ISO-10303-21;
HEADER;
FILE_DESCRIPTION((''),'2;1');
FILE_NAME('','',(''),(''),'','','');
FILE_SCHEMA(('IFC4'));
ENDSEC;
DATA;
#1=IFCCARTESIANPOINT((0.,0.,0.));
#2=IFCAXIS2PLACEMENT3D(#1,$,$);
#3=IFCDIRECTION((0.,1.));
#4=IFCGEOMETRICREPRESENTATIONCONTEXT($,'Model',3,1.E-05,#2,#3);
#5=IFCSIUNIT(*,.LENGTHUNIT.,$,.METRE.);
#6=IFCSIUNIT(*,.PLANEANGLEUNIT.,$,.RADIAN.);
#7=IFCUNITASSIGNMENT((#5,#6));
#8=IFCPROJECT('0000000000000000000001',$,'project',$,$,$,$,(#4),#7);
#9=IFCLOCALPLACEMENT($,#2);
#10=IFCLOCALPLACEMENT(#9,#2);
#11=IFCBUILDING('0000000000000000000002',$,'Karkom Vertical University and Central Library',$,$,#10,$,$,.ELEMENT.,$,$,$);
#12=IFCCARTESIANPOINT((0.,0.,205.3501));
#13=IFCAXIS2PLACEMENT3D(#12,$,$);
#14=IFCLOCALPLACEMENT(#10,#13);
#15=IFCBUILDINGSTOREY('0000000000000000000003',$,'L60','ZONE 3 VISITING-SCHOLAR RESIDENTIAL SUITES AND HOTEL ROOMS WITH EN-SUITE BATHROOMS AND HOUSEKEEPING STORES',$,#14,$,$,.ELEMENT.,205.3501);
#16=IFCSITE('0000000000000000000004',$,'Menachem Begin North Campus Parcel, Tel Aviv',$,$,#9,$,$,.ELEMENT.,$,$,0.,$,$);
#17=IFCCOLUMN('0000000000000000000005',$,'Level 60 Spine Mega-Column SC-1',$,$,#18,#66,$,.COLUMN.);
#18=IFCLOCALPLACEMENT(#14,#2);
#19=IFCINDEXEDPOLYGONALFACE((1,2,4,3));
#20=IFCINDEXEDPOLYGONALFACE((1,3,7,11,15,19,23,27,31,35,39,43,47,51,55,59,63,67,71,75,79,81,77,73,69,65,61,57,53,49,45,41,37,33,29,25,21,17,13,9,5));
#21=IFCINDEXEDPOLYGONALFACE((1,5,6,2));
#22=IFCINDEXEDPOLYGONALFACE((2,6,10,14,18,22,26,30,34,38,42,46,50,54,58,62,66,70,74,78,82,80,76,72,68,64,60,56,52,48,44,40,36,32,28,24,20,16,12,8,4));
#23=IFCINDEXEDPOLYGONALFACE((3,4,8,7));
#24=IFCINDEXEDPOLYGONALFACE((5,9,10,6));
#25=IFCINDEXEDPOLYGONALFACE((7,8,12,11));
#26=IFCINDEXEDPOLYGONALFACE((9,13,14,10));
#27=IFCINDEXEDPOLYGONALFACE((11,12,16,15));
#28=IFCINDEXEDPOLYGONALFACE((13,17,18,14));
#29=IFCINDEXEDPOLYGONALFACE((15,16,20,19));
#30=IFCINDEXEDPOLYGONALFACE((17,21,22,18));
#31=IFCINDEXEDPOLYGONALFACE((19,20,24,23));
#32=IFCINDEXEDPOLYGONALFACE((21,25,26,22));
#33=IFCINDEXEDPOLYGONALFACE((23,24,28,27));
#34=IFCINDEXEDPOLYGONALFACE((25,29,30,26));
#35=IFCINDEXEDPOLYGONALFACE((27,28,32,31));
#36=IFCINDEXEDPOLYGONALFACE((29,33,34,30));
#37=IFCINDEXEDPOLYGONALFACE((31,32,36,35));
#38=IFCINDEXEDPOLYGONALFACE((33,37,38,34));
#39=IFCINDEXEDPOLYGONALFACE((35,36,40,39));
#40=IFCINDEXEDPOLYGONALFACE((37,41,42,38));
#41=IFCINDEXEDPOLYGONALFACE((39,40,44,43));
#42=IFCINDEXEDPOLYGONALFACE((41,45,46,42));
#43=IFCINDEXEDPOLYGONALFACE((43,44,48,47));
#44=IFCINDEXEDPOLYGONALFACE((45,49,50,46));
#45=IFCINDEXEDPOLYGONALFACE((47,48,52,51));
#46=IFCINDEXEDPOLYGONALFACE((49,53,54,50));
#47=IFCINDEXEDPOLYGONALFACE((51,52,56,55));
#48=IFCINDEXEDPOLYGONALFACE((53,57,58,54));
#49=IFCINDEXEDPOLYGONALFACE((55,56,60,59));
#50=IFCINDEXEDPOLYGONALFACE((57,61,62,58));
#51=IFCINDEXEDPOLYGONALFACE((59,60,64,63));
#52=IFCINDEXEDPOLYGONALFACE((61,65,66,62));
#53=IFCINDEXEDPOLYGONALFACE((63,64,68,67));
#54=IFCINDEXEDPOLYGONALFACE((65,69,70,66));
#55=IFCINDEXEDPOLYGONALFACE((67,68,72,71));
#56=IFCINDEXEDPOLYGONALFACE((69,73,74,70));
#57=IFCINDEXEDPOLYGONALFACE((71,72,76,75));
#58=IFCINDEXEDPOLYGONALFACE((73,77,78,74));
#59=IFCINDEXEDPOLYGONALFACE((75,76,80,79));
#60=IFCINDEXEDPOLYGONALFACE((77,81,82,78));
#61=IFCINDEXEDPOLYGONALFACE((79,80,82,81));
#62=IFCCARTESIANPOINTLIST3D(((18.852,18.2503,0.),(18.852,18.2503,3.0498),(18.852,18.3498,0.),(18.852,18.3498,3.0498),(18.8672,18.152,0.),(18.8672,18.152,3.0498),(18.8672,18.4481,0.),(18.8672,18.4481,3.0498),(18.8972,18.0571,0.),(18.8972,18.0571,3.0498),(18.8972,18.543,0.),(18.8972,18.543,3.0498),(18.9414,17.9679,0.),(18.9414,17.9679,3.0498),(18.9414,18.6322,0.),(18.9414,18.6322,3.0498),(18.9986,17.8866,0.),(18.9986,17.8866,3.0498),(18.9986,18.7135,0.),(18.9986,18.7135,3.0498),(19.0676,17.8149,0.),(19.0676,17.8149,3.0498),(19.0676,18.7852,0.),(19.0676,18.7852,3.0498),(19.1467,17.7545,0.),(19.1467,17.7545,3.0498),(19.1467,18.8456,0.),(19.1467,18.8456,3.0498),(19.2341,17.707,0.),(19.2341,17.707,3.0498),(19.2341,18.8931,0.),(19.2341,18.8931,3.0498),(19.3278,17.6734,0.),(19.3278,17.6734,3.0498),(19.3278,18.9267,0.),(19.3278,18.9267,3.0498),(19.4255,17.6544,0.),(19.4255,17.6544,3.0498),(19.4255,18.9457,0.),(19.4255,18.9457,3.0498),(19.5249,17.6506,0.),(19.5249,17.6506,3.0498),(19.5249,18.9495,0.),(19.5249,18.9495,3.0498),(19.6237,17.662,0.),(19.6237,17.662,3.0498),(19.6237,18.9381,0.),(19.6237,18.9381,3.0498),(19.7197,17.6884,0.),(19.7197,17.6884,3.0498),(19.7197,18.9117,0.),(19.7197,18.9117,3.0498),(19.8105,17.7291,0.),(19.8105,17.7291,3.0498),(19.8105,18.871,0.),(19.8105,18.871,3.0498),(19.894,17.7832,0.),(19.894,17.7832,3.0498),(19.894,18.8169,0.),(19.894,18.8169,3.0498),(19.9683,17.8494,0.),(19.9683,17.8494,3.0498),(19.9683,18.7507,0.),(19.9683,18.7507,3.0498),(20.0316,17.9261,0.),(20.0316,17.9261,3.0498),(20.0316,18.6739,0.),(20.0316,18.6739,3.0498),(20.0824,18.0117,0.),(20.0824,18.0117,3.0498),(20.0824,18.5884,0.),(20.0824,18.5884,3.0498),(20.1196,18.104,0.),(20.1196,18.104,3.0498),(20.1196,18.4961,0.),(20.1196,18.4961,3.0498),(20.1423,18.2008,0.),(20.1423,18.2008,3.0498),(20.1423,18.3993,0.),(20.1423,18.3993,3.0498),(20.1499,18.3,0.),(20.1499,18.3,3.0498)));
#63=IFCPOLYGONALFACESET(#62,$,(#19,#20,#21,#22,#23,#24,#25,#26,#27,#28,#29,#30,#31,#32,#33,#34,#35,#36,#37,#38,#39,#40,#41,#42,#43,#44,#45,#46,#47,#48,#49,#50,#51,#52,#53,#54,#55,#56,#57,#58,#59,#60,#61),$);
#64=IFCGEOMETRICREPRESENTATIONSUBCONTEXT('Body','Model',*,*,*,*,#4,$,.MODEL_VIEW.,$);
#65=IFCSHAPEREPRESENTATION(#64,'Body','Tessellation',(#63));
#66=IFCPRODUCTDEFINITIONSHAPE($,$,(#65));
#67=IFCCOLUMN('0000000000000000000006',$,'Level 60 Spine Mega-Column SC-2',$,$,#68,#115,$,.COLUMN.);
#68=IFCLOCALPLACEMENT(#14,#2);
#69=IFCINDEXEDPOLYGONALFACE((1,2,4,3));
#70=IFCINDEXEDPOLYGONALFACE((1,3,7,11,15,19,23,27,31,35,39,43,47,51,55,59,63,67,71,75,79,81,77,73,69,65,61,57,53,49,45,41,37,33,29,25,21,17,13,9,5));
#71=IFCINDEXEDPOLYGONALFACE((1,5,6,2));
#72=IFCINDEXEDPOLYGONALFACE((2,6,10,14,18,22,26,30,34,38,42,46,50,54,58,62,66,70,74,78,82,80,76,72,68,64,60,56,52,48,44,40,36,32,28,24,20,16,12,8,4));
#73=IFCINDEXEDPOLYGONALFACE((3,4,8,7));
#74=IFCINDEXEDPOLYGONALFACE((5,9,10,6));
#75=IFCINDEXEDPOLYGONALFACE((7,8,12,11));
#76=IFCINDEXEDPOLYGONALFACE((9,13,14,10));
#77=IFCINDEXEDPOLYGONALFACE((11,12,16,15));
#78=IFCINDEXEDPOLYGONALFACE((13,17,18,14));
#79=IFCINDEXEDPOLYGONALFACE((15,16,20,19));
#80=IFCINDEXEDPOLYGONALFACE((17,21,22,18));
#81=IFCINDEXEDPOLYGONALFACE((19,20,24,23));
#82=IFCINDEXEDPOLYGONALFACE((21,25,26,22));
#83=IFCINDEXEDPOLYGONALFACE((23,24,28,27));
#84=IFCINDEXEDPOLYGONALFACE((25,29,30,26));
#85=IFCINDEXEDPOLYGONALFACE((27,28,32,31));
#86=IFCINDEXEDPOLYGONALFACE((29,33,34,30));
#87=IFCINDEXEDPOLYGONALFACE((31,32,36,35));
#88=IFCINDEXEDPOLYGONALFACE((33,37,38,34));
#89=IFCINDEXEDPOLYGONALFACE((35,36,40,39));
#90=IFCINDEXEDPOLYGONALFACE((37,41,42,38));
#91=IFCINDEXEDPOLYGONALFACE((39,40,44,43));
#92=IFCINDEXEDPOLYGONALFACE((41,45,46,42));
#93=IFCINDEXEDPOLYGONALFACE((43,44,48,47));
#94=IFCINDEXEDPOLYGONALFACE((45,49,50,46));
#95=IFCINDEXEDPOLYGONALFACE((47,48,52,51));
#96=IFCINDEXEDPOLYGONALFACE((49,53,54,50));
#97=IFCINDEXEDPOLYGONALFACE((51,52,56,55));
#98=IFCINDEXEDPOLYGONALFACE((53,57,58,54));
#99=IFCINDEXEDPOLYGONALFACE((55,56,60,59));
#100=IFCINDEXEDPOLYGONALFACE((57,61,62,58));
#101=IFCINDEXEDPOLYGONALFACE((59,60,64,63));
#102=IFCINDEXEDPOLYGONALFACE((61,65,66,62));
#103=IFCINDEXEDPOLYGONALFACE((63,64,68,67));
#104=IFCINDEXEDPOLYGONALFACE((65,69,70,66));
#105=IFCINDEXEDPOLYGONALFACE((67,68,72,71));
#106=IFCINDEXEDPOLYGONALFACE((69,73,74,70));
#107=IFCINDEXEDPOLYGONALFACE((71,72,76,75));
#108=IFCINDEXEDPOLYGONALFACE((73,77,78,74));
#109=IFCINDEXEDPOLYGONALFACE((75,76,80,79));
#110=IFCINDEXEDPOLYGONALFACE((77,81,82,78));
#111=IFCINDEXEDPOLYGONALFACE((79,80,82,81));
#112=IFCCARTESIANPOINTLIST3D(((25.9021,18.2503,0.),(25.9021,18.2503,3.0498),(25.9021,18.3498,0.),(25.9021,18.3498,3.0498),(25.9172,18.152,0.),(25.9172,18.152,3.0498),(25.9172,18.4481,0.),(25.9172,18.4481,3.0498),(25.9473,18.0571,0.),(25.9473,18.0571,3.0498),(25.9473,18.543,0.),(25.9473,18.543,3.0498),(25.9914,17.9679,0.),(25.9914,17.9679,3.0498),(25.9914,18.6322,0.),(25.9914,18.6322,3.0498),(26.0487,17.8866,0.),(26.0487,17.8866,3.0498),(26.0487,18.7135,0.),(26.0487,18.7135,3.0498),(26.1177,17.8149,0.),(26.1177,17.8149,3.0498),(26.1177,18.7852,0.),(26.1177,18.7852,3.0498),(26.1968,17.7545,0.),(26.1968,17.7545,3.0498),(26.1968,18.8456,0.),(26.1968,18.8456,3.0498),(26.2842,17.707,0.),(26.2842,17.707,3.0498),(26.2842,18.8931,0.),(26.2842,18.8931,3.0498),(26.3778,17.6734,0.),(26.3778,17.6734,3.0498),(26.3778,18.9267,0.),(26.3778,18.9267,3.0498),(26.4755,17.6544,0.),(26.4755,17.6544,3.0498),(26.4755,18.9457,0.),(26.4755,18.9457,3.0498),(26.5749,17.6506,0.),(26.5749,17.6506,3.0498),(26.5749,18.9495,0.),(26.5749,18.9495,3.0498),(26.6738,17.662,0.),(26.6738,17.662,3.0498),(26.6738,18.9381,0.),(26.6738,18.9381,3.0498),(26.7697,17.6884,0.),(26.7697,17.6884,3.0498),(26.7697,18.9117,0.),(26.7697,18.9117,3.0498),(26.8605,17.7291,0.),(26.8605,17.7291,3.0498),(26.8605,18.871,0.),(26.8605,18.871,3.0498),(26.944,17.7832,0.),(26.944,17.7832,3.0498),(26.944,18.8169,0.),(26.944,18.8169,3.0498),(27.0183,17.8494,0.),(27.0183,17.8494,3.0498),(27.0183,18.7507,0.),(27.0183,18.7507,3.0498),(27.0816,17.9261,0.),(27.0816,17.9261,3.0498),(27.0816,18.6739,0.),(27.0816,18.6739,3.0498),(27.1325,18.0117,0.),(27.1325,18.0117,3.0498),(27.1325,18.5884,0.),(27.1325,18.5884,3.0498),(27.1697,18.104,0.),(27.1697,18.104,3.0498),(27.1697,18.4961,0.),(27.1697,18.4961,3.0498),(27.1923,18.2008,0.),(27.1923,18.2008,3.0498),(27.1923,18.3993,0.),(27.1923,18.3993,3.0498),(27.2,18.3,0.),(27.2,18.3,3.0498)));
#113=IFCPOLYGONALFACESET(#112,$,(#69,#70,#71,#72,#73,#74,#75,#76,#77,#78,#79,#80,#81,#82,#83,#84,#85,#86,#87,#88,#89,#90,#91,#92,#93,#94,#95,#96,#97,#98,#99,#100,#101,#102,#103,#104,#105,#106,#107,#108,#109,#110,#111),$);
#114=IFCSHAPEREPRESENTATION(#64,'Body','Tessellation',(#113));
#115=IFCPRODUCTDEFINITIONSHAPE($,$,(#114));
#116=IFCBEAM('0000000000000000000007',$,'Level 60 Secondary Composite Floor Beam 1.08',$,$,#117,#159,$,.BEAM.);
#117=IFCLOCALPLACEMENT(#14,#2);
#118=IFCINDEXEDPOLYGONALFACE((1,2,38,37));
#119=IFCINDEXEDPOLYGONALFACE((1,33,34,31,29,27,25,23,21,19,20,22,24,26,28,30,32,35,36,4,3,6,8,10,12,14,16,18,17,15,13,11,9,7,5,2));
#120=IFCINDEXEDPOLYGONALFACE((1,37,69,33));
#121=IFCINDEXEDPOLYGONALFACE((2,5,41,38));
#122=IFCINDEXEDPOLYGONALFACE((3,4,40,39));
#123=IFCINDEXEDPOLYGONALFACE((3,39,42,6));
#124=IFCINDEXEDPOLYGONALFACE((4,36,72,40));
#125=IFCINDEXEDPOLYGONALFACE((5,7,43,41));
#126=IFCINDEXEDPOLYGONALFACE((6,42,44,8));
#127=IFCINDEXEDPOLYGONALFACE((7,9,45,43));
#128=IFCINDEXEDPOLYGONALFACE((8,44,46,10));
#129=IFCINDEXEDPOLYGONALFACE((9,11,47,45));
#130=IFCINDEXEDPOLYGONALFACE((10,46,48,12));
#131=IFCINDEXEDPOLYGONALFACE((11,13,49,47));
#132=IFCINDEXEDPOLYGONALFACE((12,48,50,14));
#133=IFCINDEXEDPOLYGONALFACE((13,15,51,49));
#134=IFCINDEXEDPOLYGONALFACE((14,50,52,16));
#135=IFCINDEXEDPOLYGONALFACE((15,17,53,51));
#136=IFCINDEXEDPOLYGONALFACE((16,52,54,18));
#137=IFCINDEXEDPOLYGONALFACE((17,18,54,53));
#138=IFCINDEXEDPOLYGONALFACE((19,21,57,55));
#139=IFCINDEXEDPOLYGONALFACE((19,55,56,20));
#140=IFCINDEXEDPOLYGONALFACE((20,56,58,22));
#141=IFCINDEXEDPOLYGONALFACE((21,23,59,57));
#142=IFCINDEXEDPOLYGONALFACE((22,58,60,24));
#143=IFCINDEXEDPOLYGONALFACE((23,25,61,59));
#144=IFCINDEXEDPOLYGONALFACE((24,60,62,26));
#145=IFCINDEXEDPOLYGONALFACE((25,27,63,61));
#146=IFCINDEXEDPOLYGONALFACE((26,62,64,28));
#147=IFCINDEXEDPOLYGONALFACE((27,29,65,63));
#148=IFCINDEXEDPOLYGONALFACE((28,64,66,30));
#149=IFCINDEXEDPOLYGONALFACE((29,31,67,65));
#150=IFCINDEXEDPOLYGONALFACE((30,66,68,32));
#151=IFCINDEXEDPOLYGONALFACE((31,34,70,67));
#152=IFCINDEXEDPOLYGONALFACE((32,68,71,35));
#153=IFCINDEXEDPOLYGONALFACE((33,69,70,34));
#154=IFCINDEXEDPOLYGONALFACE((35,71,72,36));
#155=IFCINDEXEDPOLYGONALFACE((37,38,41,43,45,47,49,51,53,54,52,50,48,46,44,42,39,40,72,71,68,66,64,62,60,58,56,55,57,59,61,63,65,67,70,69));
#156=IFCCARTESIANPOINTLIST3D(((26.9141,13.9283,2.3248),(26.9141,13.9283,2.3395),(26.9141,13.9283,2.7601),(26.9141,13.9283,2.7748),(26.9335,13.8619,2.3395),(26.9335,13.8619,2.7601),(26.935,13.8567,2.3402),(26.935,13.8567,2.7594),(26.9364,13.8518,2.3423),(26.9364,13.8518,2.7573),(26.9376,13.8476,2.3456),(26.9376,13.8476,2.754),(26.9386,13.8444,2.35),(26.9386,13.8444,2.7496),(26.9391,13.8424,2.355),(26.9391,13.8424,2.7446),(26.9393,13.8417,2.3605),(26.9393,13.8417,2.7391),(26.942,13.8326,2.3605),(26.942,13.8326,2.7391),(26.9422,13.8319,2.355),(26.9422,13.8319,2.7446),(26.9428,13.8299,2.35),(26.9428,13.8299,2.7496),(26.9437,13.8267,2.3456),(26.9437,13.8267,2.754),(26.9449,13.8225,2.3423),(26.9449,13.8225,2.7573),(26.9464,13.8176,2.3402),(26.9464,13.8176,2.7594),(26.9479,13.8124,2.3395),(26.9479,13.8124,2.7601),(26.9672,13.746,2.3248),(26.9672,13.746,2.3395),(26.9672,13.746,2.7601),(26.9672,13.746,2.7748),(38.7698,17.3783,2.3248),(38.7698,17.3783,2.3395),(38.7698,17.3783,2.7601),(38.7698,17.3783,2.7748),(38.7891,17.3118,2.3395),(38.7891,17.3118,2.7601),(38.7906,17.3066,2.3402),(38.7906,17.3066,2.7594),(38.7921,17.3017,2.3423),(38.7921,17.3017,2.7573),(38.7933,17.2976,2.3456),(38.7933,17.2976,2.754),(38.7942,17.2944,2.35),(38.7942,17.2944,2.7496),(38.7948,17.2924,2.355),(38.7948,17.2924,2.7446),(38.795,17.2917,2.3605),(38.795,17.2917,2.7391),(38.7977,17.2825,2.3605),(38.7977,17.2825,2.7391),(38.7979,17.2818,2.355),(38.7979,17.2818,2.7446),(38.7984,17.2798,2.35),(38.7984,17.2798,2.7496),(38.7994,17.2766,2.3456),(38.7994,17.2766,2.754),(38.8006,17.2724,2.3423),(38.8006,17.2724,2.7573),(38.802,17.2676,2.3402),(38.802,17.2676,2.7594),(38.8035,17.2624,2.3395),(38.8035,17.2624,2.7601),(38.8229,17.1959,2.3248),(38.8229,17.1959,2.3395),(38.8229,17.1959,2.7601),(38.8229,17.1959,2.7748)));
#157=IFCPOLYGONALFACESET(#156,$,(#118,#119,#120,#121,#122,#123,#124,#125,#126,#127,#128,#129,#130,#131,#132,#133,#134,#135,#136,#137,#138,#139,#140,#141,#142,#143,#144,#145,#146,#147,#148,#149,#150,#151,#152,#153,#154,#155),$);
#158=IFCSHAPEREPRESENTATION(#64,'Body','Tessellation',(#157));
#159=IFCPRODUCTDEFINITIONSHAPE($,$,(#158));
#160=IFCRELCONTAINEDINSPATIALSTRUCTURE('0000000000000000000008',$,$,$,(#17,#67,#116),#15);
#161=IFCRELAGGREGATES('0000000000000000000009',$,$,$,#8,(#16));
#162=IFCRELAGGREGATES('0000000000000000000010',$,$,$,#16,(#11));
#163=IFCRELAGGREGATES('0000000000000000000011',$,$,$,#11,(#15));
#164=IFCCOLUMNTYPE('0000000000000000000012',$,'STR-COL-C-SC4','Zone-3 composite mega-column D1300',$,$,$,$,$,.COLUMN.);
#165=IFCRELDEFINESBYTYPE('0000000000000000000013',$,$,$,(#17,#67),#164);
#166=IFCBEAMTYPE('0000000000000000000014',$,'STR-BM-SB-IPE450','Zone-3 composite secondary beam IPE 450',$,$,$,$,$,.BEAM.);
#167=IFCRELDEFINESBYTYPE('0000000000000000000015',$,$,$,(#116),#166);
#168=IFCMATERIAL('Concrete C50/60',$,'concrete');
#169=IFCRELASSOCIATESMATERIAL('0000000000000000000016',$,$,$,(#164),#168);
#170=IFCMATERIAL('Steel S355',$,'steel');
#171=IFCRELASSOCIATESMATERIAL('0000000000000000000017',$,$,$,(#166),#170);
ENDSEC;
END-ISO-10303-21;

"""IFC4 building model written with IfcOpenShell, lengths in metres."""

from ifc_helpers import new_model, si_unit, direction, frame, origin, origin_with_axes, origin_2d, place, context, subcontext, project, spatial, circle, i_section, extrude, source, transform, mapped, material, material_profile, profile_set, type_object, element, save


model = new_model("IFC4")

# Units and contexts
model_context = context("Model", 3, precision=1e-05, world=origin(), true_north=direction((0.0, 1.0)))
body_context = subcontext(model_context, "Body", "Model", "MODEL_VIEW")
ifc_project = project(units=[si_unit("LENGTHUNIT", "METRE"), si_unit("PLANEANGLEUNIT", "RADIAN")], contexts=[model_context])

# Site, building, storey
site_placement = place(None, origin())
site = spatial("IfcSite", under=ifc_project, at=site_placement, Name="Menachem Begin North Campus Parcel, Tel Aviv", CompositionType="ELEMENT", RefElevation=0.0)
building_placement = place(site_placement, origin())
building = spatial("IfcBuilding", under=site, at=building_placement, Name="Karkom Vertical University and Central Library", CompositionType="ELEMENT")
storey_placement = place(building_placement, frame((0.0, 0.0, 205.3501)))
storey = spatial("IfcBuildingStorey", under=building, at=storey_placement, Name="L60", Description="ZONE 3 VISITING-SCHOLAR RESIDENTIAL SUITES AND HOTEL ROOMS WITH EN-SUITE BATHROOMS AND HOUSEKEEPING STORES", CompositionType="ELEMENT", Elevation=205.3501)

# Columns
ifc_material_1 = material(Name="Concrete C50/60", Category="concrete")
ifc_material_profile_1 = material_profile(ifc_material_1, circle(Radius=0.6499, at=origin_2d()), Name="CFT-D1300")
ifc_profile_set_1 = profile_set([ifc_material_profile_1], Name="Concrete C50/60")
column_type = type_object("IfcColumnType", Name="STR-COL-C-SC4", Description="Zone-3 composite mega-column D1300", PredefinedType="COLUMN", material=ifc_profile_set_1)
shared_shape_1 = source(origin_with_axes(), body_context, "Body", "SweptSolid", [
    extrude(circle(Radius=0.6499, at=origin_2d()), origin(), (0.0, 0.0, 1.0), 3.0498),
])
for number, where, z_axis, x_axis, name in (
    (1, (19.5, 18.3, 0.0), (0.0, 0.0, 1.0), (1.0, 0.0, 0.0), "Level 60 Spine Mega-Column SC-1"),
    (2, (26.55, 18.3, 0.0), (0.0, 0.0, 1.0), (1.0, 0.0, 0.0), "Level 60 Spine Mega-Column SC-2"),
):
    element("IfcColumn", number, at=place(storey_placement, frame(where, z_axis=z_axis, x_axis=x_axis)), inside=storey, type_object=column_type, Name=name, PredefinedType="COLUMN", context=body_context, shape_type="MappedRepresentation", body=[
        mapped(shared_shape_1, transform((0.0, 0.0, 0.0), scale=1.0)),
    ])

# Beam
ifc_material_2 = material(Name="Steel S355", Category="steel")
ifc_material_profile_2 = material_profile(ifc_material_2, i_section(OverallWidth=0.1899, OverallDepth=0.45, WebThickness=0.0095, FlangeThickness=0.0146, FilletRadius=0.021, at=origin_2d()), Name="IPE 450")
ifc_profile_set_2 = profile_set([ifc_material_profile_2], Name="Steel S355")
beam_type_1 = type_object("IfcBeamType", Name="STR-BM-SB-IPE450", Description="Zone-3 composite secondary beam IPE 450", PredefinedType="BEAM", material=ifc_profile_set_2)
shared_shape_2 = source(origin_with_axes(), body_context, "Body", "SweptSolid", [
    extrude(i_section(OverallWidth=0.1899, OverallDepth=0.45, WebThickness=0.0095, FlangeThickness=0.0146, FilletRadius=0.021, at=origin_2d()), origin(), (0.0, 0.0, 1.0), 12.3474),
])
beam_1_placement = place(storey_placement, frame((26.9407, 13.8372, 2.5498), z_axis=(0.960173, 0.279405, 0.0), x_axis=(-0.279405, 0.960173, 0.0)))
element("IfcBeam", 3, at=beam_1_placement, inside=storey, type_object=beam_type_1, Name="Level 60 Secondary Composite Floor Beam 1.08", PredefinedType="BEAM", context=body_context, shape_type="MappedRepresentation", body=[
    mapped(shared_shape_2, transform((0.0, 0.0, 0.0), scale=1.0)),
])

save(model, "model.ifc")
